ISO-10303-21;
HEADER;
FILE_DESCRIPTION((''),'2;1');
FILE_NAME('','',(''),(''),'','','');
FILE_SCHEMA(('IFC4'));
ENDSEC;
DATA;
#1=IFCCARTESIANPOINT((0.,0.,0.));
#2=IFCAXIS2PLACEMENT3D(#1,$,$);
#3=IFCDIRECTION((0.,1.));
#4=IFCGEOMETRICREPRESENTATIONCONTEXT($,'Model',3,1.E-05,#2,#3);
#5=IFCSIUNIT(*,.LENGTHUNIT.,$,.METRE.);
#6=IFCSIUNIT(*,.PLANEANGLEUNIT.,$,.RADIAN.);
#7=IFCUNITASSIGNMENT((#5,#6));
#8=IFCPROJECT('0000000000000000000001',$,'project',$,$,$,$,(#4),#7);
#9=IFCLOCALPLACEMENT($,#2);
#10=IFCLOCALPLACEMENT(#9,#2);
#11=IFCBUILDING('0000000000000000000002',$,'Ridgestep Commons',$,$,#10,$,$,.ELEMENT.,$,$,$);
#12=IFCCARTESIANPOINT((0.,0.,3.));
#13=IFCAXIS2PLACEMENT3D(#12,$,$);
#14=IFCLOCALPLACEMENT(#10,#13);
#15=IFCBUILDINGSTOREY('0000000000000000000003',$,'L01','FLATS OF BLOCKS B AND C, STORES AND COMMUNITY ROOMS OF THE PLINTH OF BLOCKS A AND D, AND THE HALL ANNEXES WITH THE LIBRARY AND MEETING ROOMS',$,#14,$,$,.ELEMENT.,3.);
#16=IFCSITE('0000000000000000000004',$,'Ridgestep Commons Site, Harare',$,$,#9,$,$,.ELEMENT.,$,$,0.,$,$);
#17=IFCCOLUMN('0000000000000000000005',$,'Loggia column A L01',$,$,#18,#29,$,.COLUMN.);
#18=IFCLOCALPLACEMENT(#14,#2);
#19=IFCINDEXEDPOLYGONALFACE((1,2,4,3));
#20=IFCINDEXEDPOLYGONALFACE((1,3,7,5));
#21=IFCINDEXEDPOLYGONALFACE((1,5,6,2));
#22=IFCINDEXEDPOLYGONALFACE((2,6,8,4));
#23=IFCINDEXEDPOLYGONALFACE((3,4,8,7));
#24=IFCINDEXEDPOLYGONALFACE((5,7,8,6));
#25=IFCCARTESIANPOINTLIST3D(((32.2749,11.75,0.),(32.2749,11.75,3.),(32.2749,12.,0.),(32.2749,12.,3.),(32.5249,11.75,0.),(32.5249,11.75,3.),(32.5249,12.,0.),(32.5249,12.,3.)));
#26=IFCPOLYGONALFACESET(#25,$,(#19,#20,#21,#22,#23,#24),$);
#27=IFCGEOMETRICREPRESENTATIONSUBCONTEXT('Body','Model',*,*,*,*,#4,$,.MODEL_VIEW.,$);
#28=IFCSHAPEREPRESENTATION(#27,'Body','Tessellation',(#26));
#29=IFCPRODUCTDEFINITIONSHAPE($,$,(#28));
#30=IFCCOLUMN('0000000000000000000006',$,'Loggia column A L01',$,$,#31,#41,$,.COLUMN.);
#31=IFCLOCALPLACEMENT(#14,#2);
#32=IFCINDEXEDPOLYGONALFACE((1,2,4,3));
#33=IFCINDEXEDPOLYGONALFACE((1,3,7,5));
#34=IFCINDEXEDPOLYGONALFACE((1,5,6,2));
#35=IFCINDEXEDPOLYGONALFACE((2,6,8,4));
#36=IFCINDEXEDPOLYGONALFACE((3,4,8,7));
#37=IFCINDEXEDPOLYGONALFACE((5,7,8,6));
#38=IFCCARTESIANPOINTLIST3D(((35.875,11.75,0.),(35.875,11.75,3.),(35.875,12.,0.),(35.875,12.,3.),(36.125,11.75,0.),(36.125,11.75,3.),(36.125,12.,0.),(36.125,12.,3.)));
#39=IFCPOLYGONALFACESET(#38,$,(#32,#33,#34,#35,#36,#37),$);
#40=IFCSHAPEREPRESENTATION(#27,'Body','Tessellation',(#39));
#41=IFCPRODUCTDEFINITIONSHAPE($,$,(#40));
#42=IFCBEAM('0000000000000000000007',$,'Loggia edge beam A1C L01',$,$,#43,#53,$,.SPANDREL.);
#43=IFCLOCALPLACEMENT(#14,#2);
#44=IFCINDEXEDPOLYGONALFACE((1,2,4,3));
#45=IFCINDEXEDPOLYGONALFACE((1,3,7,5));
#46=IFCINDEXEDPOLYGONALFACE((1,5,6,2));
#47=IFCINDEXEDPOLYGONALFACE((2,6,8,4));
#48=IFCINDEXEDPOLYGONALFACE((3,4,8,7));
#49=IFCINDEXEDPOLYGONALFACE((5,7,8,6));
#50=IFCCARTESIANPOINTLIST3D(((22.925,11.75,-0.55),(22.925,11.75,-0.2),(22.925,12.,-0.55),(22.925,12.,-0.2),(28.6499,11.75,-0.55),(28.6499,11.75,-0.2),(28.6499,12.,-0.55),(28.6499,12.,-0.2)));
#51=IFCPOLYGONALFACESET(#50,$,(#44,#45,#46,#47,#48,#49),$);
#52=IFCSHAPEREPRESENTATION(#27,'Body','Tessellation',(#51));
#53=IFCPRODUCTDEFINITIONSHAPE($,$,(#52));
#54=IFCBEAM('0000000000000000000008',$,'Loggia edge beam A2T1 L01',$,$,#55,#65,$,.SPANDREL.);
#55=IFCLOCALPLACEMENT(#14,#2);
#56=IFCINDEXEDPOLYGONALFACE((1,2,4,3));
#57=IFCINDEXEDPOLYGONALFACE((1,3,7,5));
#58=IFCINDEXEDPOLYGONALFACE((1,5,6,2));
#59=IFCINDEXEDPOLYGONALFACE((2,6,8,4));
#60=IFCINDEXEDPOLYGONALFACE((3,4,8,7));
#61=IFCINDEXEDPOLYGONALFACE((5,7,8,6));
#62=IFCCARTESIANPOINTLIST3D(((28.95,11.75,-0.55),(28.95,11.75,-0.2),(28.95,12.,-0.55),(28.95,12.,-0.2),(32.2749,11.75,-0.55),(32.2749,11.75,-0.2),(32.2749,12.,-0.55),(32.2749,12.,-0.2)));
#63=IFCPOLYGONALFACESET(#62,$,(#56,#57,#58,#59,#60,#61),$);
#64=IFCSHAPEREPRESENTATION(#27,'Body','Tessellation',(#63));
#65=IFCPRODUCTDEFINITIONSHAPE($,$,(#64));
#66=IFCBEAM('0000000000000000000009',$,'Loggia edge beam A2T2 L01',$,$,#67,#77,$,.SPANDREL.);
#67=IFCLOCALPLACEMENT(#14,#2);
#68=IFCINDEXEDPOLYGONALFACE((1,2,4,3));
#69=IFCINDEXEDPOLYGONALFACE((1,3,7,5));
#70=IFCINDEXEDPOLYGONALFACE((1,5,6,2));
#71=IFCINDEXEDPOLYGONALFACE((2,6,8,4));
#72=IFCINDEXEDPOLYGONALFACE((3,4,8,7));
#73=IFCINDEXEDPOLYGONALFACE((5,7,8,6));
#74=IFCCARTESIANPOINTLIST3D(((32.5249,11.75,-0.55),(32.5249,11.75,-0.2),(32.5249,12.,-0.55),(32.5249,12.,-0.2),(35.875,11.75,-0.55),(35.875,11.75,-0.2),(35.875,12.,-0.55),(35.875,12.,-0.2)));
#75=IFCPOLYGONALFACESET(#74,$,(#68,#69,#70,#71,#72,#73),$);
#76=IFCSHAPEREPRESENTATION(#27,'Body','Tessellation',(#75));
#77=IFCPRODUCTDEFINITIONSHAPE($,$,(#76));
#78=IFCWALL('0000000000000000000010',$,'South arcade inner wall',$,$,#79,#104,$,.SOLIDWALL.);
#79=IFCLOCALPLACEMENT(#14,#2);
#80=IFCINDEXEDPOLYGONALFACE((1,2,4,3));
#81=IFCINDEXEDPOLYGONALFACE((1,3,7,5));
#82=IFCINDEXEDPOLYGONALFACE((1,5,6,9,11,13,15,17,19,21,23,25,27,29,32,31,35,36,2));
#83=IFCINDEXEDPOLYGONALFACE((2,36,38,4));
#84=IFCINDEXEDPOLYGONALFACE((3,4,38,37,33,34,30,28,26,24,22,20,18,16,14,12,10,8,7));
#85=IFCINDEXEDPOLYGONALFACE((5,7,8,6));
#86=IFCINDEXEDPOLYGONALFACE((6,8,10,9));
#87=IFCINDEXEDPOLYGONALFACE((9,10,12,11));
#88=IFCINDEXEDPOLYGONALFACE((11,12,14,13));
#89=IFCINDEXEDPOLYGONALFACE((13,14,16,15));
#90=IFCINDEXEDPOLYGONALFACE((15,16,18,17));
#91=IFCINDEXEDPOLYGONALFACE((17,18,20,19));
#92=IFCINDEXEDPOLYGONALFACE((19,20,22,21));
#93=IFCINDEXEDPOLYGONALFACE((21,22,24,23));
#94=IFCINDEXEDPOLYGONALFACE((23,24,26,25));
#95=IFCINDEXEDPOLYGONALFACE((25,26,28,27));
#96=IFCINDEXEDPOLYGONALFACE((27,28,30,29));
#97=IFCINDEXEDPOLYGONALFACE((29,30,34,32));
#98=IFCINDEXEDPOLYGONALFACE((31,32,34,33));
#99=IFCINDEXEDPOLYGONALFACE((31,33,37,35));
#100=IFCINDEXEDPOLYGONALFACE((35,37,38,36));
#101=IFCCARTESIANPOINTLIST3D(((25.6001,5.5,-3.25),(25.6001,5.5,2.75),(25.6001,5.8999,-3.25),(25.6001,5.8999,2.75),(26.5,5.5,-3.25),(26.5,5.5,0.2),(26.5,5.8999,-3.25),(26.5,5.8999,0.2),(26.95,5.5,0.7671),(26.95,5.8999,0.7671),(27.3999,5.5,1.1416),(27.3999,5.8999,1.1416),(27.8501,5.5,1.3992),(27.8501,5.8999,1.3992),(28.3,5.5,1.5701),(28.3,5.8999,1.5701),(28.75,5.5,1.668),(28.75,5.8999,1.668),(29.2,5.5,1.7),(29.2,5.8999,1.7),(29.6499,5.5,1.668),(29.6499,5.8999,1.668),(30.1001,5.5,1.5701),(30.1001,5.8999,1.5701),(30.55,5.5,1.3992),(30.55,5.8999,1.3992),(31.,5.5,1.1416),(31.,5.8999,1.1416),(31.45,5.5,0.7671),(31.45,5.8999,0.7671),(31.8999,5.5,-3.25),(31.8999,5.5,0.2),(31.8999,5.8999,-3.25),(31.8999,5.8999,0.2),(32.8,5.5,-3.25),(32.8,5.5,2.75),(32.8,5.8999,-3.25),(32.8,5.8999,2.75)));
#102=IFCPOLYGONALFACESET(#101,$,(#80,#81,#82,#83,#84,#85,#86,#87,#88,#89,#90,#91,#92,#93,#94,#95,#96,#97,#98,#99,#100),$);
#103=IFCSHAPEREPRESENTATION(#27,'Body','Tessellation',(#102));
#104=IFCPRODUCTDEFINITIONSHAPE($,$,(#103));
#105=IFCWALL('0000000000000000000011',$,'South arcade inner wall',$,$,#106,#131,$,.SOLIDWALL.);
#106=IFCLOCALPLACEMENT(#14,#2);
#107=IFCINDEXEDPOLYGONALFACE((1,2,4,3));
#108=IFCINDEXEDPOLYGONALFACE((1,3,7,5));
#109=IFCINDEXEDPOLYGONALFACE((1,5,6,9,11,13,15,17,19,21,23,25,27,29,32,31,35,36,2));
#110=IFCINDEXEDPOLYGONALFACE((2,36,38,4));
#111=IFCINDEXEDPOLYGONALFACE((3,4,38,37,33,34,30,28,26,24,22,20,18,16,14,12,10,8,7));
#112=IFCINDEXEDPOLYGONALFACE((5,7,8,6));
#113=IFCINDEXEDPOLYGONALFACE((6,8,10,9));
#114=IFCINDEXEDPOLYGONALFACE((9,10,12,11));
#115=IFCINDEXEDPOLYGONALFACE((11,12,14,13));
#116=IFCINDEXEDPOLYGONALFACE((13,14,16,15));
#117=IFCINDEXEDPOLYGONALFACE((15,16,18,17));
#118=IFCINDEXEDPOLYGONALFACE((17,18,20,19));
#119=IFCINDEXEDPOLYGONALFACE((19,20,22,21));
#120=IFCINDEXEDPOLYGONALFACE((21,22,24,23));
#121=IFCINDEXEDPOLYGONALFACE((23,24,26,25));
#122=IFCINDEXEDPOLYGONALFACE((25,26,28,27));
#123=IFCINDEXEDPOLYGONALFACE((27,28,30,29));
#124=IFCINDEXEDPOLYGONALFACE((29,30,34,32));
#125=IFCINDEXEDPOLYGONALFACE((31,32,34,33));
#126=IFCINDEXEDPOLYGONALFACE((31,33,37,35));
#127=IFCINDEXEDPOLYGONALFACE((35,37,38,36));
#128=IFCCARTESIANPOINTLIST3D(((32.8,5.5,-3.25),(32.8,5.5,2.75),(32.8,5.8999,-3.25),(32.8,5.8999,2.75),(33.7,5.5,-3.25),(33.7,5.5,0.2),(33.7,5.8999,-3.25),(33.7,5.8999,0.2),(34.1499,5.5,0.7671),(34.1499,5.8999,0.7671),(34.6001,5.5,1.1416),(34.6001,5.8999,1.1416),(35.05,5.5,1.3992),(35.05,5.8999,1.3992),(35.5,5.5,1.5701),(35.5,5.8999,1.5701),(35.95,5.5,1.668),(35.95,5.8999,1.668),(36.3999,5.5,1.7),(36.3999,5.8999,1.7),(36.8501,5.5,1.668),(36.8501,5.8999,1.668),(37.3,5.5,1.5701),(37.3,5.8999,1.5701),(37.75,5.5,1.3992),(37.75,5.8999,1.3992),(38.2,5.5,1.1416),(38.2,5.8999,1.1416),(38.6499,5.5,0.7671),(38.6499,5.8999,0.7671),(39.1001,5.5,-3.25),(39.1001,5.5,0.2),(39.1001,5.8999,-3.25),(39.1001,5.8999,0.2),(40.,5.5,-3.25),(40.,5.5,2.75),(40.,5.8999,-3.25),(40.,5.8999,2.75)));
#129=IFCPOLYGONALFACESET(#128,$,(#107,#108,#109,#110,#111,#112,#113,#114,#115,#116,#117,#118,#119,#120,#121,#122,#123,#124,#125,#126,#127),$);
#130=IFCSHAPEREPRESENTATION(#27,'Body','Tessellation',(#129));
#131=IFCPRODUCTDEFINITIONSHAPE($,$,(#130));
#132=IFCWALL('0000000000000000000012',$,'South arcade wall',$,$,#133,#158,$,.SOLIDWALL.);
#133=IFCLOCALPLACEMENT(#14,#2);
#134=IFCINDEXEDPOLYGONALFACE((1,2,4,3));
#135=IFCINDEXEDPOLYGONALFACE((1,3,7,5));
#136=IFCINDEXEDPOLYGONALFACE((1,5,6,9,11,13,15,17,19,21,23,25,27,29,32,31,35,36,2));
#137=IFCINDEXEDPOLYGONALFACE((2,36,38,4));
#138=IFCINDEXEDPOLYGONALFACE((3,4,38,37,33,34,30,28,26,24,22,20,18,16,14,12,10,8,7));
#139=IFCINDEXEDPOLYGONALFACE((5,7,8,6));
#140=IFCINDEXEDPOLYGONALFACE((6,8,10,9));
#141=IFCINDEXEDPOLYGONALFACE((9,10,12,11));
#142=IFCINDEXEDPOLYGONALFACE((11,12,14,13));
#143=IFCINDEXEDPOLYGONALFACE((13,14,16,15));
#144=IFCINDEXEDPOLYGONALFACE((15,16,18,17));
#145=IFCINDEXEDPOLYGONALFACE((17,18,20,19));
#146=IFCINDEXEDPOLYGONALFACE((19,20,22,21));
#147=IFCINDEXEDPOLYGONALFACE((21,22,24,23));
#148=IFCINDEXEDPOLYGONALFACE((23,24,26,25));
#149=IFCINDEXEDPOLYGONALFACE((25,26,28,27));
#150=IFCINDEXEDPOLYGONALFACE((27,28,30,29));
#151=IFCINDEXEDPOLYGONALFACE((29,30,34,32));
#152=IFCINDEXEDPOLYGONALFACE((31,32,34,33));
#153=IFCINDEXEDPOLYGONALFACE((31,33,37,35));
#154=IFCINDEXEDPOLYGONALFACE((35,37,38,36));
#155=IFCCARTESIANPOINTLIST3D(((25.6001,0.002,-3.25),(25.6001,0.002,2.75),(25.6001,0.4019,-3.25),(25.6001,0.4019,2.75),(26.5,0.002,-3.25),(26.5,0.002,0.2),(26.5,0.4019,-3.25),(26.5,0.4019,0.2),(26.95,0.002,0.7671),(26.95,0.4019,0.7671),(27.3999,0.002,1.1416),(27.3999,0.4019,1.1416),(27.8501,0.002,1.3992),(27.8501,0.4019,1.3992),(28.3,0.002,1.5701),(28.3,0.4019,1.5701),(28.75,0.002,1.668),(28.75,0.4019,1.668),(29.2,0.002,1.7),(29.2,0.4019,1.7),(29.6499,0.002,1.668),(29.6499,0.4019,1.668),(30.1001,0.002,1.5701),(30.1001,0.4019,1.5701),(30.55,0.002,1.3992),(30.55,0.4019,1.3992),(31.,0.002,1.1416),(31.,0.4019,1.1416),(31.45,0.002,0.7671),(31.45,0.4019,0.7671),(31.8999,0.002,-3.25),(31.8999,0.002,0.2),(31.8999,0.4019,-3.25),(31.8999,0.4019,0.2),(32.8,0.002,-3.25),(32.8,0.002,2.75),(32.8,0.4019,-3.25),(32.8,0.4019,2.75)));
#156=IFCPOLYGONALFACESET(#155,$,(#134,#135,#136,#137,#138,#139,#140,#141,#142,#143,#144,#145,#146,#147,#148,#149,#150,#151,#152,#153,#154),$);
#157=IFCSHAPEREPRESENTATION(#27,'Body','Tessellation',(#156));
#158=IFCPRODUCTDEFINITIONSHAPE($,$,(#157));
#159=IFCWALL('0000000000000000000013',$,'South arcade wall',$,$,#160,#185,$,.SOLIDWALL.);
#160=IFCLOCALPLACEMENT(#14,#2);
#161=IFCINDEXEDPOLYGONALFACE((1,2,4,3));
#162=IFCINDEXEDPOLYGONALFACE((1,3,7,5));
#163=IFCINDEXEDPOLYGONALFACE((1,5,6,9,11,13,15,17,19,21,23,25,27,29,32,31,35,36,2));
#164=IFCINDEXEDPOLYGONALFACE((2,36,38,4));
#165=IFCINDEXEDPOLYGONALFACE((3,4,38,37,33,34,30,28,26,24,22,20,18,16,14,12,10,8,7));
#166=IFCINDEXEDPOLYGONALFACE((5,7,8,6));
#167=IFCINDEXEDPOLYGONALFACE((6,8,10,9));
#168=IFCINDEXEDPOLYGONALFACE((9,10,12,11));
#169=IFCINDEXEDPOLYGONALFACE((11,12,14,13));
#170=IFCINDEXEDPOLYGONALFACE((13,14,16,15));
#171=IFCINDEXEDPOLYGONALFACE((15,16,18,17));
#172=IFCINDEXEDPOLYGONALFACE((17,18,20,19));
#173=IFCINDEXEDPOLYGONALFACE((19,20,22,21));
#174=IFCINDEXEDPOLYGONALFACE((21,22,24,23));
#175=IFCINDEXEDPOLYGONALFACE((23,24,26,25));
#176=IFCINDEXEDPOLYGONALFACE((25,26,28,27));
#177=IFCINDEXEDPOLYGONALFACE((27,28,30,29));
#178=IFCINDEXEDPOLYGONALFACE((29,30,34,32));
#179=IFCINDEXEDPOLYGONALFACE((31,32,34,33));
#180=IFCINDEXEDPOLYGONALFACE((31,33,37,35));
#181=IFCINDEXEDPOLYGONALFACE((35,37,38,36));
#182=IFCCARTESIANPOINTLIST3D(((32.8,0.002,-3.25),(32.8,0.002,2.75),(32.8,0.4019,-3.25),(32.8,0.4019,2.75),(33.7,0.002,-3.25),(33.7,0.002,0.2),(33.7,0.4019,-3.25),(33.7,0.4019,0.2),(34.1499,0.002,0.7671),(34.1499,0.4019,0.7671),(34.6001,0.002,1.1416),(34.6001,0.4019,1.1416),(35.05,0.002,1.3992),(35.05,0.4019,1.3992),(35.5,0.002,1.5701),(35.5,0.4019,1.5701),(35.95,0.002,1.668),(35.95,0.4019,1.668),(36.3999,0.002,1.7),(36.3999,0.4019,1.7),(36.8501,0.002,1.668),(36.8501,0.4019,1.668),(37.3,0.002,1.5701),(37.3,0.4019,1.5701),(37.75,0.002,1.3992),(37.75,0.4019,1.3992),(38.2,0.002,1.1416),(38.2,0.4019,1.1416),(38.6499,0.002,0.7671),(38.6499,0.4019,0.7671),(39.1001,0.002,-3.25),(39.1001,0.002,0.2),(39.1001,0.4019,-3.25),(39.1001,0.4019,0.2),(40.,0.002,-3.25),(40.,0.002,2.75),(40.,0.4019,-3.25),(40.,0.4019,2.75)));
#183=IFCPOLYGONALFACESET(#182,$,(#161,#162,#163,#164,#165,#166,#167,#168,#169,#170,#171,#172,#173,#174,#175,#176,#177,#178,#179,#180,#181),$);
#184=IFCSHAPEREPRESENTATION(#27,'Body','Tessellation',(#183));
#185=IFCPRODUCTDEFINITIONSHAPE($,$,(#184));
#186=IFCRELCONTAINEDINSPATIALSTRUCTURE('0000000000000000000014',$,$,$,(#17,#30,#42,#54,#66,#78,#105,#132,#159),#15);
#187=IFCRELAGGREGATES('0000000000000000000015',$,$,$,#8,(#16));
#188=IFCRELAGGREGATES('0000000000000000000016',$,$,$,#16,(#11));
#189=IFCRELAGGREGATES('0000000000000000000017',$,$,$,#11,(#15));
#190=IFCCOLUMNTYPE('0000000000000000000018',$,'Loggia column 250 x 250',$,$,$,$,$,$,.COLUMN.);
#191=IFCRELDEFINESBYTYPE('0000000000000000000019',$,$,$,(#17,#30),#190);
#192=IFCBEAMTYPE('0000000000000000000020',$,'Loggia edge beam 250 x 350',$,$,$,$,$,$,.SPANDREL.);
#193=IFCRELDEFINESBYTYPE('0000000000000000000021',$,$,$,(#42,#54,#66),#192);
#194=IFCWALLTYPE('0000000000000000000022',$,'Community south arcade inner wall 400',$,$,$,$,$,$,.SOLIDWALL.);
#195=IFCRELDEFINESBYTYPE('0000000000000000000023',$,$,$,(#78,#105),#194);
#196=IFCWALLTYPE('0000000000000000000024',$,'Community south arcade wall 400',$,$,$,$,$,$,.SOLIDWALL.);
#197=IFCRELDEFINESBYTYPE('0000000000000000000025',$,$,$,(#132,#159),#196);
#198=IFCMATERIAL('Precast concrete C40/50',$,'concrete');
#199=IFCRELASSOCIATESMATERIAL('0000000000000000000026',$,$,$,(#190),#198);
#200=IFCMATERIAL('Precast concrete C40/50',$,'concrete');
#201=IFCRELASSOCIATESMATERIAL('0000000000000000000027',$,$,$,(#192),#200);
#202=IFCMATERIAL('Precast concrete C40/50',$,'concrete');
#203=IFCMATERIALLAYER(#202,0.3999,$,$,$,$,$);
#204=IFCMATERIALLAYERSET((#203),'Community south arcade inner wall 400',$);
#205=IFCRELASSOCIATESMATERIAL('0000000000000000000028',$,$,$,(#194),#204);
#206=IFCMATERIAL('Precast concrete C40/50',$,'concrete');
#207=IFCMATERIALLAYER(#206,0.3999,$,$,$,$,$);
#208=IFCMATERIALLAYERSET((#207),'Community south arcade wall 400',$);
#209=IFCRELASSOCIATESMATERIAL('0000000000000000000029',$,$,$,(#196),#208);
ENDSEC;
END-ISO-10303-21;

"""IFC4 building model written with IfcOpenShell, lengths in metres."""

from ifc_helpers import new_model, si_unit, direction, frame, origin, origin_2d, place, context, subcontext, project, spatial, polyline, rectangle, outline, extrude, material, layer, layer_set, material_profile, profile_set, type_object, element, save


model = new_model("IFC4")

# Units and contexts
model_context = context("Model", 3, precision=1e-05, world=origin(), true_north=direction((0.0, 1.0)))
body_context = subcontext(model_context, "Body", "Model", "MODEL_VIEW")
ifc_project = project(units=[si_unit("LENGTHUNIT", "METRE"), si_unit("PLANEANGLEUNIT", "RADIAN")], contexts=[model_context])

# Site, building, storey
site_placement = place(None, origin())
site = spatial("IfcSite", under=ifc_project, at=site_placement, Name="Ridgestep Commons Site, Harare", CompositionType="ELEMENT", RefElevation=0.0)
building_placement = place(site_placement, origin())
building = spatial("IfcBuilding", under=site, at=building_placement, Name="Ridgestep Commons", CompositionType="ELEMENT")
storey_placement = place(building_placement, frame((0.0, 0.0, 3.0)))
storey = spatial("IfcBuildingStorey", under=building, at=storey_placement, Name="L01", Description="FLATS OF BLOCKS B AND C, STORES AND COMMUNITY ROOMS OF THE PLINTH OF BLOCKS A AND D, AND THE HALL ANNEXES WITH THE LIBRARY AND MEETING ROOMS", CompositionType="ELEMENT", Elevation=3.0)

# Columns
ifc_material_1 = material(Name="Precast concrete C40/50", Category="concrete")
ifc_material_profile_1 = material_profile(ifc_material_1, rectangle(XDim=0.25, YDim=0.25, at=origin_2d()), Name="PC 250x250")
ifc_profile_set_1 = profile_set([ifc_material_profile_1], Name="Precast concrete C40/50")
column_type = type_object("IfcColumnType", Name="Loggia column 250 x 250", PredefinedType="COLUMN", material=ifc_profile_set_1)
for number, where, z_axis, x_axis, name in (
    (1, (32.3999, 11.875, 0.0), (0.0, 0.0, 1.0), (1.0, 0.0, 0.0), "Loggia column A L01"),
    (2, (36.0, 11.875, 0.0), (0.0, 0.0, 1.0), (1.0, 0.0, 0.0), "Loggia column A L01"),
):
    element("IfcColumn", number, at=place(storey_placement, frame(where, z_axis=z_axis, x_axis=x_axis)), inside=storey, type_object=column_type, Name=name, PredefinedType="COLUMN", context=body_context, shape_type="SweptSolid", body=[
        extrude(rectangle(XDim=0.25, YDim=0.25, at=origin_2d()), origin(), (0.0, 0.0, 1.0), 3.0),
    ])

# Beams
ifc_material_2 = material(Name="Precast concrete C40/50", Category="concrete")
ifc_material_profile_2 = material_profile(ifc_material_2, rectangle(XDim=0.25, YDim=0.3501, at=origin_2d()), Name="PC 250x350")
ifc_profile_set_2 = profile_set([ifc_material_profile_2], Name="Precast concrete C40/50")
beam_type = type_object("IfcBeamType", Name="Loggia edge beam 250 x 350", PredefinedType="SPANDREL", material=ifc_profile_set_2)
beam_1_placement = place(storey_placement, frame((22.925, 11.875, -0.375), z_axis=(1.0, 0.0, 0.0), x_axis=(0.0, 1.0, 0.0)))
element("IfcBeam", 3, at=beam_1_placement, inside=storey, type_object=beam_type, Name="Loggia edge beam A1C L01", PredefinedType="SPANDREL", context=body_context, shape_type="SweptSolid", body=[
    extrude(rectangle(XDim=0.25, YDim=0.3501, at=origin_2d()), origin(), (0.0, 0.0, 1.0), 5.7249),
])
beam_2_placement = place(storey_placement, frame((28.95, 11.875, -0.375), z_axis=(1.0, 0.0, 0.0), x_axis=(0.0, 1.0, 0.0)))
element("IfcBeam", 4, at=beam_2_placement, inside=storey, type_object=beam_type, Name="Loggia edge beam A2T1 L01", PredefinedType="SPANDREL", context=body_context, shape_type="SweptSolid", body=[
    extrude(rectangle(XDim=0.25, YDim=0.3501, at=origin_2d()), origin(), (0.0, 0.0, 1.0), 3.325),
])
beam_3_placement = place(storey_placement, frame((32.5249, 11.875, -0.375), z_axis=(1.0, 0.0, 0.0), x_axis=(0.0, 1.0, 0.0)))
element("IfcBeam", 5, at=beam_3_placement, inside=storey, type_object=beam_type, Name="Loggia edge beam A2T2 L01", PredefinedType="SPANDREL", context=body_context, shape_type="SweptSolid", body=[
    extrude(rectangle(XDim=0.25, YDim=0.3501, at=origin_2d()), origin(), (0.0, 0.0, 1.0), 3.3501),
])

# Walls
ifc_material_3 = material(Name="Precast concrete C40/50", Category="concrete")
ifc_layer_1 = layer(ifc_material_3, 0.3999)
ifc_layer_set_1 = layer_set([ifc_layer_1], Name="Community south arcade inner wall 400")
wall_type_1 = type_object("IfcWallType", Name="Community south arcade inner wall 400", PredefinedType="SOLIDWALL", material=ifc_layer_set_1)
wall_1_placement = place(storey_placement, frame((25.6001, 5.5, -3.25), z_axis=(0.0, -1.0, 0.0), x_axis=(1.0, 0.0, 0.0)))
element("IfcWall", 6, at=wall_1_placement, inside=storey, type_object=wall_type_1, Name="South arcade inner wall", PredefinedType="SOLIDWALL", context=body_context, shape_type="SweptSolid", body=[
    extrude(outline(polyline([(0.0, 0.0), (0.8999, 0.0), (0.8999, 3.45), (1.3499, 4.0171), (1.7998, 4.3916), (2.25, 4.6492), (2.7, 4.8201), (3.1499, 4.918), (3.5999, 4.95), (4.0498, 4.918), (4.5, 4.8201), (4.95, 4.6492), (5.3999, 4.3916), (5.8499, 4.0171), (6.2998, 3.45), (6.2998, 0.0), (7.2, 0.0), (7.2, 6.0), (0.0, 6.0), (0.0, 0.0)])), origin(), (0.0, 0.0, -1.0), 0.3999),
])
wall_2_placement = place(storey_placement, frame((32.8, 5.5, -3.25), z_axis=(0.0, -1.0, 0.0), x_axis=(1.0, 0.0, 0.0)))
element("IfcWall", 7, at=wall_2_placement, inside=storey, type_object=wall_type_1, Name="South arcade inner wall", PredefinedType="SOLIDWALL", context=body_context, shape_type="SweptSolid", body=[
    extrude(outline(polyline([(0.0, 0.0), (0.8999, 0.0), (0.8999, 3.45), (1.3499, 4.0171), (1.8, 4.3916), (2.25, 4.6492), (2.7, 4.8201), (3.1499, 4.918), (3.5999, 4.95), (4.05, 4.918), (4.5, 4.8201), (4.95, 4.6492), (5.3999, 4.3916), (5.8499, 4.0171), (6.3, 3.45), (6.3, 0.0), (7.2, 0.0), (7.2, 6.0), (0.0, 6.0), (0.0, 0.0)])), origin(), (0.0, 0.0, -1.0), 0.3999),
])
ifc_material_4 = material(Name="Precast concrete C40/50", Category="concrete")
ifc_layer_2 = layer(ifc_material_4, 0.3999)
ifc_layer_set_2 = layer_set([ifc_layer_2], Name="Community south arcade wall 400")
wall_type_2 = type_object("IfcWallType", Name="Community south arcade wall 400", PredefinedType="SOLIDWALL", material=ifc_layer_set_2)
wall_3_placement = place(storey_placement, frame((25.6001, 0.002, -3.25), z_axis=(0.0, -1.0, 0.0), x_axis=(1.0, 0.0, 0.0)))
element("IfcWall", 8, at=wall_3_placement, inside=storey, type_object=wall_type_2, Name="South arcade wall", PredefinedType="SOLIDWALL", context=body_context, shape_type="SweptSolid", body=[
    extrude(outline(polyline([(0.0, 0.0), (0.8999, 0.0), (0.8999, 3.45), (1.3499, 4.0171), (1.7998, 4.3916), (2.25, 4.6492), (2.7, 4.8201), (3.1499, 4.918), (3.5999, 4.95), (4.0498, 4.918), (4.5, 4.8201), (4.95, 4.6492), (5.3999, 4.3916), (5.8499, 4.0171), (6.2998, 3.45), (6.2998, 0.0), (7.2, 0.0), (7.2, 6.0), (0.0, 6.0), (0.0, 0.0)])), origin(), (0.0, 0.0, -1.0), 0.3999),
])
wall_4_placement = place(storey_placement, frame((32.8, 0.002, -3.25), z_axis=(0.0, -1.0, 0.0), x_axis=(1.0, 0.0, 0.0)))
element("IfcWall", 9, at=wall_4_placement, inside=storey, type_object=wall_type_2, Name="South arcade wall", PredefinedType="SOLIDWALL", context=body_context, shape_type="SweptSolid", body=[
    extrude(outline(polyline([(0.0, 0.0), (0.8999, 0.0), (0.8999, 3.45), (1.3499, 4.0171), (1.8, 4.3916), (2.25, 4.6492), (2.7, 4.8201), (3.1499, 4.918), (3.5999, 4.95), (4.05, 4.918), (4.5, 4.8201), (4.95, 4.6492), (5.3999, 4.3916), (5.8499, 4.0171), (6.3, 3.45), (6.3, 0.0), (7.2, 0.0), (7.2, 6.0), (0.0, 6.0), (0.0, 0.0)])), origin(), (0.0, 0.0, -1.0), 0.3999),
])

save(model, "model.ifc")
